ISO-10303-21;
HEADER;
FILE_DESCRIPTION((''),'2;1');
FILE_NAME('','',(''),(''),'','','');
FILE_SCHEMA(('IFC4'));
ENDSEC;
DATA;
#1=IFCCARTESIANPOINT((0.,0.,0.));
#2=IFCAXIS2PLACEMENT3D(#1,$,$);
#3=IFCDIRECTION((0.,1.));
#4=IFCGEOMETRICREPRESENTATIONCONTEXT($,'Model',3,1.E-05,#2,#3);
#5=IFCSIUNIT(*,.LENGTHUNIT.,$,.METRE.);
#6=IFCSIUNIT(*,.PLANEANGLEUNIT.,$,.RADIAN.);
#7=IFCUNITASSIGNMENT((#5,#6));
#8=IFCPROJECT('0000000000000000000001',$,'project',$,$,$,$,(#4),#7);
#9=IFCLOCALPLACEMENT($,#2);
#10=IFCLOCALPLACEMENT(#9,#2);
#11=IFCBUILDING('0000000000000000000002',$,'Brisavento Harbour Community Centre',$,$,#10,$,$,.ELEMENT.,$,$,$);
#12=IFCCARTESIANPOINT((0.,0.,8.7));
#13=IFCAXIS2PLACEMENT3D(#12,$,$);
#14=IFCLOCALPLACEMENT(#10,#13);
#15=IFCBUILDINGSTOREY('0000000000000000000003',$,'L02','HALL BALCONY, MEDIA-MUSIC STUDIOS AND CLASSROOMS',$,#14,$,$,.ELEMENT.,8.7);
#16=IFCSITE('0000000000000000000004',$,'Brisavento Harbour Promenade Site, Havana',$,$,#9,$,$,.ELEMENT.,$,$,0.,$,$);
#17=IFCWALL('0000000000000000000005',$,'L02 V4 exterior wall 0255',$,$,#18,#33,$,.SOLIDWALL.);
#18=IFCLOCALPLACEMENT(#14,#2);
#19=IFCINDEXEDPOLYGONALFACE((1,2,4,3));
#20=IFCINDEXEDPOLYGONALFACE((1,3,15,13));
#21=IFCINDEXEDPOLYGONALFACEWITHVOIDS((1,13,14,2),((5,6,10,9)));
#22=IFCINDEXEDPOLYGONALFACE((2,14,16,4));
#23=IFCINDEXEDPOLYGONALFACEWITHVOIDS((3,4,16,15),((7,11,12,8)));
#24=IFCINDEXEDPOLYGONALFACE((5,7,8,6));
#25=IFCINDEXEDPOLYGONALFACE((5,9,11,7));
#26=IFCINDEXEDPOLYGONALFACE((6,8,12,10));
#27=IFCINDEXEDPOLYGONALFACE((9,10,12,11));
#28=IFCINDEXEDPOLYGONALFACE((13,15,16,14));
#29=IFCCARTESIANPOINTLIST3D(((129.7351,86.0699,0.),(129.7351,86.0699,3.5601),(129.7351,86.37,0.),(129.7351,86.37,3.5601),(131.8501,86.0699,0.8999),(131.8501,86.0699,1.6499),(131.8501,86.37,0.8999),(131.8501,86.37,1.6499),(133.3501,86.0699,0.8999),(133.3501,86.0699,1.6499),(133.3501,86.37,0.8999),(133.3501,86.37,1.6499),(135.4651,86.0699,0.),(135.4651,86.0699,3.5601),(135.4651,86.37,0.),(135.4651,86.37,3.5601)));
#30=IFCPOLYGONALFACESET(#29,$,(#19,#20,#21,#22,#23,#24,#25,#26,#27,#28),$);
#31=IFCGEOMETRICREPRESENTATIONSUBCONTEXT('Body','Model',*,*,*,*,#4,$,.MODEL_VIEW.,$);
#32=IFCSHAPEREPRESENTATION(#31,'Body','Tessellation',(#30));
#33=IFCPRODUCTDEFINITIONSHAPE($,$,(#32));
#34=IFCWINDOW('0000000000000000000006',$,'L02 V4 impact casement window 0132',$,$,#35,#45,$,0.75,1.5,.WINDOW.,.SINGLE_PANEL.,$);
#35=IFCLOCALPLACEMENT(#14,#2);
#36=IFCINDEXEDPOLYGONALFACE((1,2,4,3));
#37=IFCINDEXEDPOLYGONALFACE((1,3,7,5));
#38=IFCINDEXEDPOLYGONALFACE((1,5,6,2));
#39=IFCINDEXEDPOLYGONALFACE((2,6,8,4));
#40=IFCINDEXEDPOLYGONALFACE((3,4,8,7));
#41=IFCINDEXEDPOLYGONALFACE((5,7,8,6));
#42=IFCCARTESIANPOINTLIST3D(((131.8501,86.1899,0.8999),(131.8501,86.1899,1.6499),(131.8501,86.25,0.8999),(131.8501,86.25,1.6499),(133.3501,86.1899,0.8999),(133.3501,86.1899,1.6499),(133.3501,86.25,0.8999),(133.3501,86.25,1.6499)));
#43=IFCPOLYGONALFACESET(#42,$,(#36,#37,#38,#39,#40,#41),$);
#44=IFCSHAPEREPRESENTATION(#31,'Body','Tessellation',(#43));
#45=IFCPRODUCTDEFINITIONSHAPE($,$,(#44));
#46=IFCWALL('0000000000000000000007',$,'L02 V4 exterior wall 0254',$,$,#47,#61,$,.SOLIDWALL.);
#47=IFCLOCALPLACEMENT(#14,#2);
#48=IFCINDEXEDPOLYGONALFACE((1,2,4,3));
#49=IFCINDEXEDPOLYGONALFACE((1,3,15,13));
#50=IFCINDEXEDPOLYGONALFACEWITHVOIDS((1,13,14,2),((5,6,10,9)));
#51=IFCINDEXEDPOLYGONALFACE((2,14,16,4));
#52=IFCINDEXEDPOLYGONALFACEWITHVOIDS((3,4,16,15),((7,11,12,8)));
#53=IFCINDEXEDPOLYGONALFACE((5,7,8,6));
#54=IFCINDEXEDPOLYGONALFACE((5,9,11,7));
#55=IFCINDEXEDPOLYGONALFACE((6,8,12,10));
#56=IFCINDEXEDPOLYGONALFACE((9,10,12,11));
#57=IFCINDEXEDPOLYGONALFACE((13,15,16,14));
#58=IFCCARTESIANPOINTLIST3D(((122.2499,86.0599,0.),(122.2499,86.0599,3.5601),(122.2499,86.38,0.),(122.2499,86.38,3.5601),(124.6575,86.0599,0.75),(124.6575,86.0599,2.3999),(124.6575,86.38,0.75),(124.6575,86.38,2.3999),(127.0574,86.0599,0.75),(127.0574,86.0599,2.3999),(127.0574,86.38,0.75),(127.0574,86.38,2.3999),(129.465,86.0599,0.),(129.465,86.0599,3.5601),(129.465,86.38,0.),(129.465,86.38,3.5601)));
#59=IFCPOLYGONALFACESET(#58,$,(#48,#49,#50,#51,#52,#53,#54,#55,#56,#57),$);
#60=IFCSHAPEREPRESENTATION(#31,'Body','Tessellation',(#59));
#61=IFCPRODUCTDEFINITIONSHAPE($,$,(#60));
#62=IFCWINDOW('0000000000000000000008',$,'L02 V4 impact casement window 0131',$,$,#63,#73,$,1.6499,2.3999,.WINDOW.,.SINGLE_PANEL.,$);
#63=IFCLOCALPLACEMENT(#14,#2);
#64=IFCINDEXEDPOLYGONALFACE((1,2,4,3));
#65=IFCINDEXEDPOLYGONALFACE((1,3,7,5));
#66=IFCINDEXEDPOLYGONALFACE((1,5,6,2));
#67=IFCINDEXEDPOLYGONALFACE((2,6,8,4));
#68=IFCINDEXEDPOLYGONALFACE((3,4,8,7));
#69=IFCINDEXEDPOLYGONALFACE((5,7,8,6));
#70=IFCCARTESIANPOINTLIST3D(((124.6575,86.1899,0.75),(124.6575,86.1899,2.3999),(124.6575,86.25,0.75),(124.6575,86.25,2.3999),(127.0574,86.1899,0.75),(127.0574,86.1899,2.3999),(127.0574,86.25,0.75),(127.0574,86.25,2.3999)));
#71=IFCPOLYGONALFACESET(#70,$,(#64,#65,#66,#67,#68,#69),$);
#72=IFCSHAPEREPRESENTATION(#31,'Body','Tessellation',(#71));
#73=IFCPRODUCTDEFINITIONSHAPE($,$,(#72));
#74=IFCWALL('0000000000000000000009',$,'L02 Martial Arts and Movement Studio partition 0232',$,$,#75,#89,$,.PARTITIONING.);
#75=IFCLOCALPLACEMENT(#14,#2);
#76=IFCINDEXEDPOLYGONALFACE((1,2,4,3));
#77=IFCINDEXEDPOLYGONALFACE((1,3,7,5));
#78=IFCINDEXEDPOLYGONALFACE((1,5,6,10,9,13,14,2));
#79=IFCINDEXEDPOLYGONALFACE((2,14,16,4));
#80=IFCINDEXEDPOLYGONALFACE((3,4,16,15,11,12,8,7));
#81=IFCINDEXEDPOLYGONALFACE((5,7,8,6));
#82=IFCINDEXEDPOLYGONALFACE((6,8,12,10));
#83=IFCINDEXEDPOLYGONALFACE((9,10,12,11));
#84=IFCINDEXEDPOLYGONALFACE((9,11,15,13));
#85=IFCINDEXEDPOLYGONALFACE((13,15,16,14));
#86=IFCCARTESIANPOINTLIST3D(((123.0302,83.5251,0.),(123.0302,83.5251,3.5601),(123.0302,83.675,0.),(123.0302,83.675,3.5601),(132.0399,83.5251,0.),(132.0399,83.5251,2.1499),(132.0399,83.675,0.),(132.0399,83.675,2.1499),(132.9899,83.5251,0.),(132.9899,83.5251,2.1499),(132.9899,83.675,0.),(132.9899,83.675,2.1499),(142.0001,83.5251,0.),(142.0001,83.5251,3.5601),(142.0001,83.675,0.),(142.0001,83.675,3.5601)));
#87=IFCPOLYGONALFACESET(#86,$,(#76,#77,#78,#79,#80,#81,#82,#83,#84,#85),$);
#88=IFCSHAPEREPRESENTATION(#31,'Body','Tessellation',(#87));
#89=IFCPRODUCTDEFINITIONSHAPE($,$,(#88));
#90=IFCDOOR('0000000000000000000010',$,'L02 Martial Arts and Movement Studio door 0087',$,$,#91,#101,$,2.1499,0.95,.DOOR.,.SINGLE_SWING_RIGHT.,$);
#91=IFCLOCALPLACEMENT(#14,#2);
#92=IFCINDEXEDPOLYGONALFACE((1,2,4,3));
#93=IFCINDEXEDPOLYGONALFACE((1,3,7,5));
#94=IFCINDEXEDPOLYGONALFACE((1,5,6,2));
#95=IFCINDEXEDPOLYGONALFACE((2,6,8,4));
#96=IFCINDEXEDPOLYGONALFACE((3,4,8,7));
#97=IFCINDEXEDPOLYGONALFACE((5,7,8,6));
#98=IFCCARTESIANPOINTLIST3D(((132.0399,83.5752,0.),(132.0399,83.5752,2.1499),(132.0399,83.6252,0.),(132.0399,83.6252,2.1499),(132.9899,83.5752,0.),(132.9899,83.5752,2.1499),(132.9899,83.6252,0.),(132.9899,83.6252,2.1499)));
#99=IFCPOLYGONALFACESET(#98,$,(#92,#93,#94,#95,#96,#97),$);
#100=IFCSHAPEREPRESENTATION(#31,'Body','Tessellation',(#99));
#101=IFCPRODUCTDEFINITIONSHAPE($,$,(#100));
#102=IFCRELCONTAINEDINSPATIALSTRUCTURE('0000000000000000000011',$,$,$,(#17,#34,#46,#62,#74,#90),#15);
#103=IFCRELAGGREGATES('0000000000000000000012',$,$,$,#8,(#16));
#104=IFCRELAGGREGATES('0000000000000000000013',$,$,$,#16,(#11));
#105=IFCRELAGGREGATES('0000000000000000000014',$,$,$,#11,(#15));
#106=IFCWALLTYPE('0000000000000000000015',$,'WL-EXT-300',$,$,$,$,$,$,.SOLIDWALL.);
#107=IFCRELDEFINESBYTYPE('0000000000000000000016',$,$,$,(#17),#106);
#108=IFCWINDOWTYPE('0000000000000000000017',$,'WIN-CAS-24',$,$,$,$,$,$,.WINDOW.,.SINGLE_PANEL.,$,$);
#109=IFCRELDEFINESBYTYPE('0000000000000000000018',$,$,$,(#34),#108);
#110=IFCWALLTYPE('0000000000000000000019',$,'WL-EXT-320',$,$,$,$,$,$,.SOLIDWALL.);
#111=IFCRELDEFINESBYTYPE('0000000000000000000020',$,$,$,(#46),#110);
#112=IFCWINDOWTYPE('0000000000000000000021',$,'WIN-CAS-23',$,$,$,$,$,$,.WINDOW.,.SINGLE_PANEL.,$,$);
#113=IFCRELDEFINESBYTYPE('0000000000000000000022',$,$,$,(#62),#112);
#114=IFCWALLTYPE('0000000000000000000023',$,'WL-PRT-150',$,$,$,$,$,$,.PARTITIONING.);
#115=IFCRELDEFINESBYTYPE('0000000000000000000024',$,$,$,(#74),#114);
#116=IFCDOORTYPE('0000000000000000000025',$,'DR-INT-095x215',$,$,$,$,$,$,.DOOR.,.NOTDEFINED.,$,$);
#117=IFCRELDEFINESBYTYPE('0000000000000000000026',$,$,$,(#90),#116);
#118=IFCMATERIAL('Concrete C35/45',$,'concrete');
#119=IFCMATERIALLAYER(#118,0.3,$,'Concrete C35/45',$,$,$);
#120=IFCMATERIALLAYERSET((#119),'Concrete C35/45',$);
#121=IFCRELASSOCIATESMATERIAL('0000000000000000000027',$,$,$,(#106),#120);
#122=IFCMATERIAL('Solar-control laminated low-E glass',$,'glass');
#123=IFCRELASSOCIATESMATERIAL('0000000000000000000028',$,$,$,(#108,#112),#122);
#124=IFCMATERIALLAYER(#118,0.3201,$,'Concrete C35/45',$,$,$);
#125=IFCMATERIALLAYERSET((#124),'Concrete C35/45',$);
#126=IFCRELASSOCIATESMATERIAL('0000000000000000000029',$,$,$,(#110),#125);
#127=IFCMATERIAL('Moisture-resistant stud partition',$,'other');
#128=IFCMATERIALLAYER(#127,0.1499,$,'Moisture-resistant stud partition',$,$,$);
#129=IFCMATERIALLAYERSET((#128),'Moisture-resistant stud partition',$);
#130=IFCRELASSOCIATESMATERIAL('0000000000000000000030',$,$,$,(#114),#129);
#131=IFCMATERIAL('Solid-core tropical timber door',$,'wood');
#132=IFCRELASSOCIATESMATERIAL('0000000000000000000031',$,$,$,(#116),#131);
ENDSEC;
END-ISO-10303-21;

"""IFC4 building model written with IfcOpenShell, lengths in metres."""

from ifc_helpers import new_model, si_unit, direction, frame, frame_2d, origin, place, context, subcontext, project, spatial, rectangle, extrude, material, layer, layer_set, type_object, element, fill, save


model = new_model("IFC4")

# Units and contexts
model_context = context("Model", 3, precision=1e-05, world=origin(), true_north=direction((0.0, 1.0)))
body_context = subcontext(model_context, "Body", "Model", "MODEL_VIEW")
ifc_project = project(units=[si_unit("LENGTHUNIT", "METRE"), si_unit("PLANEANGLEUNIT", "RADIAN")], contexts=[model_context])

# Site, building, storey
site_placement = place(None, origin())
site = spatial("IfcSite", under=ifc_project, at=site_placement, Name="Brisavento Harbour Promenade Site, Havana", CompositionType="ELEMENT", RefElevation=0.0)
building_placement = place(site_placement, origin())
building = spatial("IfcBuilding", under=site, at=building_placement, Name="Brisavento Harbour Community Centre", CompositionType="ELEMENT")
storey_placement = place(building_placement, frame((0.0, 0.0, 8.7)))
storey = spatial("IfcBuildingStorey", under=building, at=storey_placement, Name="L02", Description="HALL BALCONY, MEDIA-MUSIC STUDIOS AND CLASSROOMS", CompositionType="ELEMENT", Elevation=8.7)

# Walls, openings, windows
ifc_material_1 = material(Name="Solar-control laminated low-E glass", Category="glass")
ifc_material_2 = material(Name="Concrete C35/45", Category="concrete")
ifc_layer_1 = layer(ifc_material_2, 0.3, Name="Concrete C35/45")
ifc_layer_set_1 = layer_set([ifc_layer_1], Name="Concrete C35/45")
wall_type_1 = type_object("IfcWallType", Name="WL-EXT-300", PredefinedType="SOLIDWALL", material=ifc_layer_set_1)
wall_1_placement = place(storey_placement, frame((129.7351, 86.22, 0.0), z_axis=(0.0, 0.0, 1.0), x_axis=(1.0, 0.0, 0.0)))
wall_1 = element("IfcWall", 1, at=wall_1_placement, inside=storey, type_object=wall_type_1, Name="L02 V4 exterior wall 0255", PredefinedType="SOLIDWALL", context=body_context, shape_type="SweptSolid", body=[
    extrude(rectangle(XDim=5.73, YDim=0.3, at=frame_2d((2.865, 0.0))), origin(), (0.0, 0.0, 1.0), 3.5601),
])
opening_1_placement = place(wall_1_placement, frame((2.115, 0.0, 0.8999)))
opening_1 = element("IfcOpeningElement", 2, at=opening_1_placement, cuts=wall_1, PredefinedType="OPENING", context=body_context, shape_type="SweptSolid", body=[
    extrude(rectangle(XDim=1.5, YDim=0.75, at=frame_2d((0.75, 0.375))), frame((0.0, 0.1602, 0.0), z_axis=(0.0, -1.0, 0.0), x_axis=(1.0, 0.0, 0.0)), (0.0, 0.0, 1.0), 0.3201),
])
window_type_1 = type_object("IfcWindowType", Name="WIN-CAS-24", PartitioningType="SINGLE_PANEL", PredefinedType="WINDOW", material=ifc_material_1)
window_1_placement = place(opening_1_placement, origin())
window_1 = element("IfcWindow", 3, at=window_1_placement, inside=storey, type_object=window_type_1, Name="L02 V4 impact casement window 0132", OverallHeight=0.75, OverallWidth=1.5, PartitioningType="SINGLE_PANEL", PredefinedType="WINDOW", context=body_context, shape_type="SweptSolid", body=[
    extrude(rectangle(XDim=1.5, YDim=0.75, at=frame_2d((0.75, 0.375))), frame((0.0, 0.03, 0.0), z_axis=(0.0, -1.0, 0.0), x_axis=(1.0, 0.0, 0.0)), (0.0, 0.0, 1.0), 0.0601),
])
fill(opening_1, window_1)
ifc_layer_2 = layer(ifc_material_2, 0.3201, Name="Concrete C35/45")
ifc_layer_set_2 = layer_set([ifc_layer_2], Name="Concrete C35/45")
wall_type_2 = type_object("IfcWallType", Name="WL-EXT-320", PredefinedType="SOLIDWALL", material=ifc_layer_set_2)
wall_2_placement = place(storey_placement, frame((122.25, 86.22, 0.0), z_axis=(0.0, 0.0, 1.0), x_axis=(1.0, 0.0, 0.0)))
wall_2 = element("IfcWall", 4, at=wall_2_placement, inside=storey, type_object=wall_type_2, Name="L02 V4 exterior wall 0254", PredefinedType="SOLIDWALL", context=body_context, shape_type="SweptSolid", body=[
    extrude(rectangle(XDim=7.2151, YDim=0.3201, at=frame_2d((3.6074, 0.0))), origin(), (0.0, 0.0, 1.0), 3.5601),
])
opening_2_placement = place(wall_2_placement, frame((2.4075, 0.0, 0.75)))
opening_2 = element("IfcOpeningElement", 5, at=opening_2_placement, cuts=wall_2, PredefinedType="OPENING", context=body_context, shape_type="SweptSolid", body=[
    extrude(rectangle(XDim=2.3999, YDim=1.6499, at=frame_2d((1.2, 0.825))), frame((0.0, 0.1699, 0.0), z_axis=(0.0, -1.0, 0.0), x_axis=(1.0, 0.0, 0.0)), (0.0, 0.0, 1.0), 0.3401),
])
window_type_2 = type_object("IfcWindowType", Name="WIN-CAS-23", PartitioningType="SINGLE_PANEL", PredefinedType="WINDOW", material=ifc_material_1)
window_2_placement = place(opening_2_placement, origin())
window_2 = element("IfcWindow", 6, at=window_2_placement, inside=storey, type_object=window_type_2, Name="L02 V4 impact casement window 0131", OverallHeight=1.6499, OverallWidth=2.3999, PartitioningType="SINGLE_PANEL", PredefinedType="WINDOW", context=body_context, shape_type="SweptSolid", body=[
    extrude(rectangle(XDim=2.3999, YDim=1.6499, at=frame_2d((1.2, 0.825))), frame((0.0, 0.03, 0.0), z_axis=(0.0, -1.0, 0.0), x_axis=(1.0, 0.0, 0.0)), (0.0, 0.0, 1.0), 0.0601),
])
fill(opening_2, window_2)

# Wall, opening, door
ifc_material_3 = material(Name="Moisture-resistant stud partition", Category="other")
ifc_layer_3 = layer(ifc_material_3, 0.1499, Name="Moisture-resistant stud partition")
ifc_layer_set_3 = layer_set([ifc_layer_3], Name="Moisture-resistant stud partition")
wall_type_3 = type_object("IfcWallType", Name="WL-PRT-150", PredefinedType="PARTITIONING", material=ifc_layer_set_3)
wall_3_placement = place(storey_placement, frame((142.0, 83.6001, 0.0), z_axis=(0.0, 0.0, 1.0), x_axis=(-1.0, 0.0, 0.0)))
wall_3 = element("IfcWall", 7, at=wall_3_placement, inside=storey, type_object=wall_type_3, Name="L02 Martial Arts and Movement Studio partition 0232", PredefinedType="PARTITIONING", context=body_context, shape_type="SweptSolid", body=[
    extrude(rectangle(XDim=18.97, YDim=0.1499, at=frame_2d((9.4849, 0.0))), origin(), (0.0, 0.0, 1.0), 3.5601),
])
opening_3_placement = place(wall_3_placement, frame((9.01, 0.0, 0.0)))
opening_3 = element("IfcOpeningElement", 8, at=opening_3_placement, cuts=wall_3, PredefinedType="OPENING", context=body_context, shape_type="SweptSolid", body=[
    extrude(rectangle(XDim=0.95, YDim=2.1499, at=frame_2d((0.4751, 1.075))), frame((0.0, 0.085, 0.0), z_axis=(0.0, -1.0, 0.0), x_axis=(1.0, 0.0, 0.0)), (0.0, 0.0, 1.0), 0.1699),
])
ifc_material_4 = material(Name="Solid-core tropical timber door", Category="wood")
door_type = type_object("IfcDoorType", Name="DR-INT-095x215", OperationType="NOTDEFINED", PredefinedType="DOOR", material=ifc_material_4)
door_placement = place(opening_3_placement, origin())
door = element("IfcDoor", 9, at=door_placement, inside=storey, type_object=door_type, Name="L02 Martial Arts and Movement Studio door 0087", OperationType="SINGLE_SWING_RIGHT", OverallHeight=2.1499, OverallWidth=0.95, PredefinedType="DOOR", context=body_context, shape_type="SweptSolid", body=[
    extrude(rectangle(XDim=0.95, YDim=2.1499, at=frame_2d((0.4751, 1.075))), frame((0.0, 0.0249, 0.0), z_axis=(0.0, -1.0, 0.0), x_axis=(1.0, 0.0, 0.0)), (0.0, 0.0, 1.0), 0.05),
])
fill(opening_3, door)

save(model, "model.ifc")
